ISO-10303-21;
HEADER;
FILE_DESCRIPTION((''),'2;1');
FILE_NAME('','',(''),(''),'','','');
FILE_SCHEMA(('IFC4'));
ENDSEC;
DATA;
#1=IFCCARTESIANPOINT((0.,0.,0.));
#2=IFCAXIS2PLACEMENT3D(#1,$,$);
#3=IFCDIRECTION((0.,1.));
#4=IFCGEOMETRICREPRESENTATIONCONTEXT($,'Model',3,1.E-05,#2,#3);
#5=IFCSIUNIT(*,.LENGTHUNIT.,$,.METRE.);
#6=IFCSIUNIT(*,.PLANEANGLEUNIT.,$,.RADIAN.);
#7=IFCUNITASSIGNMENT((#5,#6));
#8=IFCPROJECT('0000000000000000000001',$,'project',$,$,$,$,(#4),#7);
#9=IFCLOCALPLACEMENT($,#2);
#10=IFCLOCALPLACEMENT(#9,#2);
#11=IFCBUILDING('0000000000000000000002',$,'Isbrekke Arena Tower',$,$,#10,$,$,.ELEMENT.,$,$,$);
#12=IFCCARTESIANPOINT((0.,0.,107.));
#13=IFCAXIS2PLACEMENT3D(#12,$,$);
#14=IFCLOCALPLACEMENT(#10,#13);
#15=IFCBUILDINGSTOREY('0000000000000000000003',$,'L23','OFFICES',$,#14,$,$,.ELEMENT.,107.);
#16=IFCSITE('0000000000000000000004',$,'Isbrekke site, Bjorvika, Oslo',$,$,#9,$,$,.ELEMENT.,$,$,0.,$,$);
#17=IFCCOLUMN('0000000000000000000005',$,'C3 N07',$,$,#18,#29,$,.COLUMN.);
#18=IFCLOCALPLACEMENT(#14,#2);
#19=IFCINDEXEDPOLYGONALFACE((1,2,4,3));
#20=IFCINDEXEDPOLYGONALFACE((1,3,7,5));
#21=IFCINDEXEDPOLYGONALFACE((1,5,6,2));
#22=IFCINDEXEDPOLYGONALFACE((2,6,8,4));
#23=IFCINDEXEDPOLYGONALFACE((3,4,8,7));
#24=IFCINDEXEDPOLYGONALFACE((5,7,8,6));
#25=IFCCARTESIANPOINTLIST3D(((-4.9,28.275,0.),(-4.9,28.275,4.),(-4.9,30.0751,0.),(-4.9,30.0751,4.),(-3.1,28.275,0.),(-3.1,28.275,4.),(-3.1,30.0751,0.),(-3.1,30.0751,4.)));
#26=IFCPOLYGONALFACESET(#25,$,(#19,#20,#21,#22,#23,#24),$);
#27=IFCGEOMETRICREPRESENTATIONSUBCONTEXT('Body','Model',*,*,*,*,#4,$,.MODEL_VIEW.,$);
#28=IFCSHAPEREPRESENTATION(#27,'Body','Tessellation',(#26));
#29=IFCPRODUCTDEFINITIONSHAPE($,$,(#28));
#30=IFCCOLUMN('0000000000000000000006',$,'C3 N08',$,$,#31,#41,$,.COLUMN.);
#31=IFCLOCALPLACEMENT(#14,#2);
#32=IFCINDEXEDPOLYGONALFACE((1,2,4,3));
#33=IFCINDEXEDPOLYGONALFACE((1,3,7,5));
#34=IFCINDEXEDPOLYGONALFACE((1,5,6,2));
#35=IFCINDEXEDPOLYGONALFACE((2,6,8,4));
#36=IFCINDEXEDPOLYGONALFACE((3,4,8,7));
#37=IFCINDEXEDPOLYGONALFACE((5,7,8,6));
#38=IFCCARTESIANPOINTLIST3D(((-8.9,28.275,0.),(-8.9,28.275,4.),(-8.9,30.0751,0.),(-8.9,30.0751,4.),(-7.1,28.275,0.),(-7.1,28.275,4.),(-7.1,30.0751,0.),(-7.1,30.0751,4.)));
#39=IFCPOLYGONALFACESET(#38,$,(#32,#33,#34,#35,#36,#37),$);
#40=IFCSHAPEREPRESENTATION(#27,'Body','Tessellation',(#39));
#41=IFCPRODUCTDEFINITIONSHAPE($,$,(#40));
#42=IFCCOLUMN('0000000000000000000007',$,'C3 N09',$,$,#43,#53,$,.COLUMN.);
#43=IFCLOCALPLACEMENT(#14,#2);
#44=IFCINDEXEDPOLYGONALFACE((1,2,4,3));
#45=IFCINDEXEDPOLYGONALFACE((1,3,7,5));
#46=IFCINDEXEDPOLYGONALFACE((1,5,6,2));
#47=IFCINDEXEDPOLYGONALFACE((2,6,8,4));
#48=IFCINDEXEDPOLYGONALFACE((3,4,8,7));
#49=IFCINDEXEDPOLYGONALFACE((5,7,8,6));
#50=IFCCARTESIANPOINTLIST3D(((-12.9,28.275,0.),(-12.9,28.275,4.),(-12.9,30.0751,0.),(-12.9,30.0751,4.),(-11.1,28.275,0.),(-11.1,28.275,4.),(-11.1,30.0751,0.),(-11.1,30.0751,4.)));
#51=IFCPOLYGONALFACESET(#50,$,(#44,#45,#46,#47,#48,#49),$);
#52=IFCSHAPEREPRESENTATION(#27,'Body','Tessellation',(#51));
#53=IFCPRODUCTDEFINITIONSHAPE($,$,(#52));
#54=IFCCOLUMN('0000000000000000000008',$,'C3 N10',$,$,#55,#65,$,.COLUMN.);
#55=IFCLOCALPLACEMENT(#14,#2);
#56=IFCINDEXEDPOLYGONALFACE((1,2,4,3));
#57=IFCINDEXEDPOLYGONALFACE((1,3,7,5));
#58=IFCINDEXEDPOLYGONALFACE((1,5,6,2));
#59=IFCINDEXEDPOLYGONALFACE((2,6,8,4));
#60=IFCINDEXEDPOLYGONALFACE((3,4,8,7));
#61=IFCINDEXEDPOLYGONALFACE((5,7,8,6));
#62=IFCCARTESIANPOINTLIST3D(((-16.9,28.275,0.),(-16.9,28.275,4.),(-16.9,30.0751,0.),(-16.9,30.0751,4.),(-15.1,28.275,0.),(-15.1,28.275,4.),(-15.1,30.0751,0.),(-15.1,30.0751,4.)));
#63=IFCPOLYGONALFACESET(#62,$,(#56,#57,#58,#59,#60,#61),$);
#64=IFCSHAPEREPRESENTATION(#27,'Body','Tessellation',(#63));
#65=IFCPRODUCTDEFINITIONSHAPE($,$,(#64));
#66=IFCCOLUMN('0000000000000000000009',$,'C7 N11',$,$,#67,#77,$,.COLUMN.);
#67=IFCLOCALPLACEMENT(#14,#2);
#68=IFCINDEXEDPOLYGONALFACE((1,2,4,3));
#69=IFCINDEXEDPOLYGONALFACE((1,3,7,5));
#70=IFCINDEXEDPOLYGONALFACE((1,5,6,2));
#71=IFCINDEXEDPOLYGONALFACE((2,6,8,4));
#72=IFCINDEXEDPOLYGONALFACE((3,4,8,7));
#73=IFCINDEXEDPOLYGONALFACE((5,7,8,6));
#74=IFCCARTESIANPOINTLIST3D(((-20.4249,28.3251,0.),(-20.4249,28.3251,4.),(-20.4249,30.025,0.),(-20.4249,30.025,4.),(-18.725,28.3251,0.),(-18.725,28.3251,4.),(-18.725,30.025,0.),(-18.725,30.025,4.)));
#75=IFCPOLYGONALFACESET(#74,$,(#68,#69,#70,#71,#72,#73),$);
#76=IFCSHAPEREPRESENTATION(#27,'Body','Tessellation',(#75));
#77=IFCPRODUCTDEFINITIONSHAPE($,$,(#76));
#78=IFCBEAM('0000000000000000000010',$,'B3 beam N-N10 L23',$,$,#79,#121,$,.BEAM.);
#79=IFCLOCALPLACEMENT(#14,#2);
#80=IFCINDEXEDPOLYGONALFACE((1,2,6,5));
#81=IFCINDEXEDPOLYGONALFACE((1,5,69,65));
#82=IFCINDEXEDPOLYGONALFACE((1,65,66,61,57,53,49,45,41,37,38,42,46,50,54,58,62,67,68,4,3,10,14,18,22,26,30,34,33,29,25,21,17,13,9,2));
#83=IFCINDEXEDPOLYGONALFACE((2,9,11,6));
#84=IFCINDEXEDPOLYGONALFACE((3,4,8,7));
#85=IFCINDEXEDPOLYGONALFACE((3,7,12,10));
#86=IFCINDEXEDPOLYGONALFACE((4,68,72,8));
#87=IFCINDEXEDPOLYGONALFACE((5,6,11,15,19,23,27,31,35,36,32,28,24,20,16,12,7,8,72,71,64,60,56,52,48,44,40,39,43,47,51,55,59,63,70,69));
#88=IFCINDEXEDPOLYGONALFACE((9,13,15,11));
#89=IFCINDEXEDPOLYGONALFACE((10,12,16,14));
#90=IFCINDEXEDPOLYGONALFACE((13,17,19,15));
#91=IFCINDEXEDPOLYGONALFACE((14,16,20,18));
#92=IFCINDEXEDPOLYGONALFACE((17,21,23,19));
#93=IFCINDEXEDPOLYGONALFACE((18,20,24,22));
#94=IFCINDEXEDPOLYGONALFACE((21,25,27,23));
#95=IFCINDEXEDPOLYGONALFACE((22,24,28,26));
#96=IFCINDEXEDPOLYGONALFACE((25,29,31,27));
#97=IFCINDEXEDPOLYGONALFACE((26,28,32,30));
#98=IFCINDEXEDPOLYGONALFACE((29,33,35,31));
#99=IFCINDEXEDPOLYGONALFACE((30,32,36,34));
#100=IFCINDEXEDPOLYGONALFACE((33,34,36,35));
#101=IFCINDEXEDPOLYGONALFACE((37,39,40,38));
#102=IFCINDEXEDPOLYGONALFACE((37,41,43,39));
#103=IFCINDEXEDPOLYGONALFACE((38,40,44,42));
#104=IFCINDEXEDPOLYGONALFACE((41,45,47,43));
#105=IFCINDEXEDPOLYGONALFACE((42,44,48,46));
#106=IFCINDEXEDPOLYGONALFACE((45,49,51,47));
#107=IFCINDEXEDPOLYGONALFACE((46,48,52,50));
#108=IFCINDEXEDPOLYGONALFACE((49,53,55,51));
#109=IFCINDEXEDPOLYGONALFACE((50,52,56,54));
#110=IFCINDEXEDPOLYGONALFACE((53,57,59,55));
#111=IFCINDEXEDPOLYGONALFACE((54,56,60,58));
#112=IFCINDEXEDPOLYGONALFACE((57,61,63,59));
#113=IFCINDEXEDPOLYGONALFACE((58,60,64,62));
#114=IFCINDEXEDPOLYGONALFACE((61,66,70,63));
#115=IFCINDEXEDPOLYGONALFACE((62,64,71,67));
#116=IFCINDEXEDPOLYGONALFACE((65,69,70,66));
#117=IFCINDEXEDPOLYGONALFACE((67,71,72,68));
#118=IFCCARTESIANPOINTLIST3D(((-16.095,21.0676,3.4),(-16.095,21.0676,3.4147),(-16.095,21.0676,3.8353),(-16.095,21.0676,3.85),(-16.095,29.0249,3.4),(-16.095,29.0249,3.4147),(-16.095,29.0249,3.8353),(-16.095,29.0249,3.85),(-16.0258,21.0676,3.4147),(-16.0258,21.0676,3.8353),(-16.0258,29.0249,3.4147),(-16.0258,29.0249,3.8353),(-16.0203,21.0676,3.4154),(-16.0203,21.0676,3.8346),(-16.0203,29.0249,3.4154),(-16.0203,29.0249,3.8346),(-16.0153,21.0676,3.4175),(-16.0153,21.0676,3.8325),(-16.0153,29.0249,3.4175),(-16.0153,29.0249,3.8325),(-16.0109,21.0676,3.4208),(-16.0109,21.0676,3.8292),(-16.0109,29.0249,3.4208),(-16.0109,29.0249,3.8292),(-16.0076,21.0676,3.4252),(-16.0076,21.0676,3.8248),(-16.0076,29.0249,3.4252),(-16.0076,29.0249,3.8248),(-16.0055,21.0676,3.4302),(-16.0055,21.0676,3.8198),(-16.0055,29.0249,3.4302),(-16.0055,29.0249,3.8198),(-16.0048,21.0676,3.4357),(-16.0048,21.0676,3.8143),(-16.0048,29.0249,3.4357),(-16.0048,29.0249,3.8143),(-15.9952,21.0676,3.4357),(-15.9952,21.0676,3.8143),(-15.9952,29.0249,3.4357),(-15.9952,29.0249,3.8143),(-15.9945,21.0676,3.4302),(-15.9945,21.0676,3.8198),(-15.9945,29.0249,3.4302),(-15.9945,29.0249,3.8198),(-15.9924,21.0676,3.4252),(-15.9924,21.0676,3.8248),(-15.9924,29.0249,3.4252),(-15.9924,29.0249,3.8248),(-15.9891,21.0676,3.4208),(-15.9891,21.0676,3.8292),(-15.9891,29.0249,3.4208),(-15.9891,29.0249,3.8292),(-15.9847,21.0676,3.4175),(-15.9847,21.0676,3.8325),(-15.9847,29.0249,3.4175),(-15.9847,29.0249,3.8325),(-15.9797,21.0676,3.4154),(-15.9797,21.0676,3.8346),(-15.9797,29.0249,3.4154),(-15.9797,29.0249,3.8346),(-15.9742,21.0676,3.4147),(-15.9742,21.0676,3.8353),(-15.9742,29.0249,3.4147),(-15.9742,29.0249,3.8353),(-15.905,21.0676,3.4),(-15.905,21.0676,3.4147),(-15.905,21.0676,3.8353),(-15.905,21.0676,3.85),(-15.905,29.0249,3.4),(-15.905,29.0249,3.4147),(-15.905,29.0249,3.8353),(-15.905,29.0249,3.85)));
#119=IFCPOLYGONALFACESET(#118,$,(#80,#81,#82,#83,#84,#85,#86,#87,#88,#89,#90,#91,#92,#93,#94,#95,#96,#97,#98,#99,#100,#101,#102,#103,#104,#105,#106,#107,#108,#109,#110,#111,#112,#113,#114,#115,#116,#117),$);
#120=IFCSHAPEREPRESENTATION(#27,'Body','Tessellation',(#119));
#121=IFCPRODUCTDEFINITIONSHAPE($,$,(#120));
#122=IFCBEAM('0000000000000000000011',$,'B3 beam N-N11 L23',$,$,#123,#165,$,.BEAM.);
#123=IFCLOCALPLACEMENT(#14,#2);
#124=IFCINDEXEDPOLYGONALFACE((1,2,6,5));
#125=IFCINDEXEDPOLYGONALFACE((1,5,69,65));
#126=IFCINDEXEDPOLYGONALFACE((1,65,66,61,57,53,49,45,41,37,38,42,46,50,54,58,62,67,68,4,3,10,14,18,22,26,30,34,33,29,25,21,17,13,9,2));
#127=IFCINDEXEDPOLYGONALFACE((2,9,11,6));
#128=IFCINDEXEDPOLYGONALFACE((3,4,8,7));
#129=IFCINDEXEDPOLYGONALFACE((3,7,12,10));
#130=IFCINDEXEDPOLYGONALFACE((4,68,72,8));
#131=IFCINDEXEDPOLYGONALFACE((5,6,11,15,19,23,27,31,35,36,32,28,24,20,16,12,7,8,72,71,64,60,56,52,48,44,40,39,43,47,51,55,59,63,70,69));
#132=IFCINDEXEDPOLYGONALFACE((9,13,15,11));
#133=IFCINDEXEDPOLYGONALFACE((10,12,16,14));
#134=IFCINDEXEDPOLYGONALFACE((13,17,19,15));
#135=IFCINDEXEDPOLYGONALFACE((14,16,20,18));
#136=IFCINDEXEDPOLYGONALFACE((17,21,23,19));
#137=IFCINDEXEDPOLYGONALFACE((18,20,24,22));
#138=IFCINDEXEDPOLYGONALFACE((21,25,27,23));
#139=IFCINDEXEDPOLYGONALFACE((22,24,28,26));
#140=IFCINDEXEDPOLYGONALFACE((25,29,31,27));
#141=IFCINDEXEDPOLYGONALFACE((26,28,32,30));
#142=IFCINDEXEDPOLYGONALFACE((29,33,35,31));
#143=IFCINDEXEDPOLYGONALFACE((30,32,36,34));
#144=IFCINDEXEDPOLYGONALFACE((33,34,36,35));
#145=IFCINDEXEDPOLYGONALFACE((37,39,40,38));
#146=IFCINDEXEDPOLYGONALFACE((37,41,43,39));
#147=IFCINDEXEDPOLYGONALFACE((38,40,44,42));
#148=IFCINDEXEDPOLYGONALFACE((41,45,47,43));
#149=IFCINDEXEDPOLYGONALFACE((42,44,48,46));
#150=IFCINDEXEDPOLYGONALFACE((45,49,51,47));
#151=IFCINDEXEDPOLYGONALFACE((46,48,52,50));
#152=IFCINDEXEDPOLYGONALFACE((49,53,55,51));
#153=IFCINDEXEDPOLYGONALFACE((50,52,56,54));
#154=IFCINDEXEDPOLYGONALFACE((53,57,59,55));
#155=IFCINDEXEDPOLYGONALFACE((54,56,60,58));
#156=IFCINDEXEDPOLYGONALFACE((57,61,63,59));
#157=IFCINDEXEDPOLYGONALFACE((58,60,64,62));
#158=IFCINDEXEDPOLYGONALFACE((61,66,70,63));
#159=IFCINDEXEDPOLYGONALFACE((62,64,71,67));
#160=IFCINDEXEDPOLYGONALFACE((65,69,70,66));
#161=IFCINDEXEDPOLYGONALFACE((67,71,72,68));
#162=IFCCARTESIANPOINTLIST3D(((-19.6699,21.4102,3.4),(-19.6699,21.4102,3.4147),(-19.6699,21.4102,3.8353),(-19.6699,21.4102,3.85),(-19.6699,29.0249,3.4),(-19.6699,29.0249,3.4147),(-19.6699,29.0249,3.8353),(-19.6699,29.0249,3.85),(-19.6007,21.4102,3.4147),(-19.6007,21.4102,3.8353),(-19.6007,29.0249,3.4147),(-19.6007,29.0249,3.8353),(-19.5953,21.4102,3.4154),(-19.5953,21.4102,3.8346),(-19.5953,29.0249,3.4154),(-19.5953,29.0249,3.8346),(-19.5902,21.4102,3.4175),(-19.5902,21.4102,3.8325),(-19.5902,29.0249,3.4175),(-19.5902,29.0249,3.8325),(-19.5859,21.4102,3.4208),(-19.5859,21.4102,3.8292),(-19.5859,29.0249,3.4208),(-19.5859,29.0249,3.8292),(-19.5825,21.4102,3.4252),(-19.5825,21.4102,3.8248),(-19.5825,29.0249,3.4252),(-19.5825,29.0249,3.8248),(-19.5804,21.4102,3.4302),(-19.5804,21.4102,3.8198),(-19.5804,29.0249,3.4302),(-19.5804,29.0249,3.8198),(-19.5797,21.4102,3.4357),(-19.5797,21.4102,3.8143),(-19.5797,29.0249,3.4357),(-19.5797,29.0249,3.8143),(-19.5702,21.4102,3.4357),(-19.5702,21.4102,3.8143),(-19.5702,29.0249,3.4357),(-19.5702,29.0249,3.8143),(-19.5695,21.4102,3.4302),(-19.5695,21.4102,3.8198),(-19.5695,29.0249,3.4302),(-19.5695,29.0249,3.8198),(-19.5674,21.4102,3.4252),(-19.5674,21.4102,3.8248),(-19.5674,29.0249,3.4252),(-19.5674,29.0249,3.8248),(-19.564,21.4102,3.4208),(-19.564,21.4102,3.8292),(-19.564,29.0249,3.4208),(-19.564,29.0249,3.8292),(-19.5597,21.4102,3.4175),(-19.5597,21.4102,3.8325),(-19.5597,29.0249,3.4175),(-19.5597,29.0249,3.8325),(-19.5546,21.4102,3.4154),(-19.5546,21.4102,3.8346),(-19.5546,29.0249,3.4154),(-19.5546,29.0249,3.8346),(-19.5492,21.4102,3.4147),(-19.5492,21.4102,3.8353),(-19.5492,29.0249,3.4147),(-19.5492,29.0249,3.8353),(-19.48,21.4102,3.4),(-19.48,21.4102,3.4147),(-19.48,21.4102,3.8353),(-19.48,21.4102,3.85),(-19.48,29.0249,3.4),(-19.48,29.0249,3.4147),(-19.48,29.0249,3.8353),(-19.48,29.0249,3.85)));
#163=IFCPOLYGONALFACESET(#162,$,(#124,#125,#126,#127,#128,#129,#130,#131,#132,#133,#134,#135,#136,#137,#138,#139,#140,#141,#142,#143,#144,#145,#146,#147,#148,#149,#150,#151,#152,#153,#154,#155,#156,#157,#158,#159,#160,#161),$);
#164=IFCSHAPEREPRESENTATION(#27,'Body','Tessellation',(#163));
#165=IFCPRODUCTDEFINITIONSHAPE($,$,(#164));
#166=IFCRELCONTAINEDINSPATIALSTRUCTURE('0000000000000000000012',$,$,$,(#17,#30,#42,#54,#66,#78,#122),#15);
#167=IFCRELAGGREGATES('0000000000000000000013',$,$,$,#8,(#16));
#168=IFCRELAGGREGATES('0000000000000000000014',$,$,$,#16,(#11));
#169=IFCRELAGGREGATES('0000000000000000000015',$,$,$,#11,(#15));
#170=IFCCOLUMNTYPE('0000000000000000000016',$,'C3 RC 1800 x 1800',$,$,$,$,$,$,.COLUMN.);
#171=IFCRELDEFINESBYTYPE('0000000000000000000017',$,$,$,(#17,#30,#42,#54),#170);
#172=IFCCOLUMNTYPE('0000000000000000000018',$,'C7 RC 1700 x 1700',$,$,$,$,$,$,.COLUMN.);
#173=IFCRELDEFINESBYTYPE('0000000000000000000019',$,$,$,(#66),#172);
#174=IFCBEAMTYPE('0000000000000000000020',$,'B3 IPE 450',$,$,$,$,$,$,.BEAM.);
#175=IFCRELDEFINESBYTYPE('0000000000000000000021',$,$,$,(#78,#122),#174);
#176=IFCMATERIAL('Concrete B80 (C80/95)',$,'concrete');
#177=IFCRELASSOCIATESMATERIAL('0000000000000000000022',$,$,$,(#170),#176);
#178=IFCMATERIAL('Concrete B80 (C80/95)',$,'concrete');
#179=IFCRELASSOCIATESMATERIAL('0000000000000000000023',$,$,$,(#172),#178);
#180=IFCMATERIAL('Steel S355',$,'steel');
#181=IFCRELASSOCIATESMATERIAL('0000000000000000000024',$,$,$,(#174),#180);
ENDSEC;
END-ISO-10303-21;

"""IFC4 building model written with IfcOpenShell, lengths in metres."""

from ifc_helpers import new_model, si_unit, direction, frame, origin, origin_2d, place, context, subcontext, project, spatial, rectangle, i_section, extrude, material, material_profile, profile_set, type_object, element, save


model = new_model("IFC4")

# Units and contexts
model_context = context("Model", 3, precision=1e-05, world=origin(), true_north=direction((0.0, 1.0)))
body_context = subcontext(model_context, "Body", "Model", "MODEL_VIEW")
ifc_project = project(units=[si_unit("LENGTHUNIT", "METRE"), si_unit("PLANEANGLEUNIT", "RADIAN")], contexts=[model_context])

# Site, building, storey
site_placement = place(None, origin())
site = spatial("IfcSite", under=ifc_project, at=site_placement, Name="Isbrekke site, Bjorvika, Oslo", CompositionType="ELEMENT", RefElevation=0.0)
building_placement = place(site_placement, origin())
building = spatial("IfcBuilding", under=site, at=building_placement, Name="Isbrekke Arena Tower", CompositionType="ELEMENT")
storey_placement = place(building_placement, frame((0.0, 0.0, 107.0)))
storey = spatial("IfcBuildingStorey", under=building, at=storey_placement, Name="L23", Description="OFFICES", CompositionType="ELEMENT", Elevation=107.0)

# Columns
ifc_material_1 = material(Name="Concrete B80 (C80/95)", Category="concrete")
ifc_material_profile_1 = material_profile(ifc_material_1, rectangle(XDim=1.8, YDim=1.8, at=origin_2d()), Name="RC 1800x1800")
ifc_profile_set_1 = profile_set([ifc_material_profile_1], Name="Concrete B80 (C80/95)")
column_type_1 = type_object("IfcColumnType", Name="C3 RC 1800 x 1800", PredefinedType="COLUMN", material=ifc_profile_set_1)
for number, where, z_axis, x_axis, name in (
    (1, (-4.0, 29.175, 0.0), (0.0, 0.0, 1.0), (-1.0, 0.0, 0.0), "C3 N07"),
    (2, (-8.0, 29.175, 0.0), (0.0, 0.0, 1.0), (-1.0, 0.0, 0.0), "C3 N08"),
    (3, (-12.0, 29.175, 0.0), (0.0, 0.0, 1.0), (-1.0, 0.0, 0.0), "C3 N09"),
    (4, (-16.0, 29.175, 0.0), (0.0, 0.0, 1.0), (-1.0, 0.0, 0.0), "C3 N10"),
):
    element("IfcColumn", number, at=place(storey_placement, frame(where, z_axis=z_axis, x_axis=x_axis)), inside=storey, type_object=column_type_1, Name=name, PredefinedType="COLUMN", context=body_context, shape_type="SweptSolid", body=[
        extrude(rectangle(XDim=1.8, YDim=1.8, at=origin_2d()), origin(), (0.0, 0.0, 1.0), 4.0),
    ])
ifc_material_2 = material(Name="Concrete B80 (C80/95)", Category="concrete")
ifc_material_profile_2 = material_profile(ifc_material_2, rectangle(XDim=1.7, YDim=1.7, at=origin_2d()), Name="RC 1700x1700")
ifc_profile_set_2 = profile_set([ifc_material_profile_2], Name="Concrete B80 (C80/95)")
column_type_2 = type_object("IfcColumnType", Name="C7 RC 1700 x 1700", PredefinedType="COLUMN", material=ifc_profile_set_2)
column_placement = place(storey_placement, frame((-19.575, 29.175, 0.0), z_axis=(0.0, 0.0, 1.0), x_axis=(-1.0, 0.0, 0.0)))
element("IfcColumn", 5, at=column_placement, inside=storey, type_object=column_type_2, Name="C7 N11", PredefinedType="COLUMN", context=body_context, shape_type="SweptSolid", body=[
    extrude(rectangle(XDim=1.7, YDim=1.7, at=origin_2d()), origin(), (0.0, 0.0, 1.0), 4.0),
])

# Beams
ifc_material_3 = material(Name="Steel S355", Category="steel")
ifc_material_profile_3 = material_profile(ifc_material_3, i_section(OverallWidth=0.1899, OverallDepth=0.45, WebThickness=0.0095, FlangeThickness=0.0146, FilletRadius=0.021, at=origin_2d()), Name="IPE 450")
ifc_profile_set_3 = profile_set([ifc_material_profile_3], Name="Steel S355")
beam_type_1 = type_object("IfcBeamType", Name="B3 IPE 450", PredefinedType="BEAM", material=ifc_profile_set_3)
beam_1_placement = place(storey_placement, frame((-16.0, 29.0249, 3.625), z_axis=(0.0, -1.0, 0.0), x_axis=(1.0, 0.0, 0.0)))
element("IfcBeam", 6, at=beam_1_placement, inside=storey, type_object=beam_type_1, Name="B3 beam N-N10 L23", PredefinedType="BEAM", context=body_context, shape_type="SweptSolid", body=[
    extrude(i_section(OverallWidth=0.1899, OverallDepth=0.45, WebThickness=0.0095, FlangeThickness=0.0146, FilletRadius=0.021, at=origin_2d()), origin(), (0.0, 0.0, 1.0), 7.9573),
])
beam_2_placement = place(storey_placement, frame((-19.575, 29.0249, 3.625), z_axis=(0.0, -1.0, 0.0), x_axis=(1.0, 0.0, 0.0)))
element("IfcBeam", 7, at=beam_2_placement, inside=storey, type_object=beam_type_1, Name="B3 beam N-N11 L23", PredefinedType="BEAM", context=body_context, shape_type="SweptSolid", body=[
    extrude(i_section(OverallWidth=0.1899, OverallDepth=0.45, WebThickness=0.0095, FlangeThickness=0.0146, FilletRadius=0.021, at=origin_2d()), origin(), (0.0, 0.0, 1.0), 7.6147),
])

save(model, "model.ifc")
